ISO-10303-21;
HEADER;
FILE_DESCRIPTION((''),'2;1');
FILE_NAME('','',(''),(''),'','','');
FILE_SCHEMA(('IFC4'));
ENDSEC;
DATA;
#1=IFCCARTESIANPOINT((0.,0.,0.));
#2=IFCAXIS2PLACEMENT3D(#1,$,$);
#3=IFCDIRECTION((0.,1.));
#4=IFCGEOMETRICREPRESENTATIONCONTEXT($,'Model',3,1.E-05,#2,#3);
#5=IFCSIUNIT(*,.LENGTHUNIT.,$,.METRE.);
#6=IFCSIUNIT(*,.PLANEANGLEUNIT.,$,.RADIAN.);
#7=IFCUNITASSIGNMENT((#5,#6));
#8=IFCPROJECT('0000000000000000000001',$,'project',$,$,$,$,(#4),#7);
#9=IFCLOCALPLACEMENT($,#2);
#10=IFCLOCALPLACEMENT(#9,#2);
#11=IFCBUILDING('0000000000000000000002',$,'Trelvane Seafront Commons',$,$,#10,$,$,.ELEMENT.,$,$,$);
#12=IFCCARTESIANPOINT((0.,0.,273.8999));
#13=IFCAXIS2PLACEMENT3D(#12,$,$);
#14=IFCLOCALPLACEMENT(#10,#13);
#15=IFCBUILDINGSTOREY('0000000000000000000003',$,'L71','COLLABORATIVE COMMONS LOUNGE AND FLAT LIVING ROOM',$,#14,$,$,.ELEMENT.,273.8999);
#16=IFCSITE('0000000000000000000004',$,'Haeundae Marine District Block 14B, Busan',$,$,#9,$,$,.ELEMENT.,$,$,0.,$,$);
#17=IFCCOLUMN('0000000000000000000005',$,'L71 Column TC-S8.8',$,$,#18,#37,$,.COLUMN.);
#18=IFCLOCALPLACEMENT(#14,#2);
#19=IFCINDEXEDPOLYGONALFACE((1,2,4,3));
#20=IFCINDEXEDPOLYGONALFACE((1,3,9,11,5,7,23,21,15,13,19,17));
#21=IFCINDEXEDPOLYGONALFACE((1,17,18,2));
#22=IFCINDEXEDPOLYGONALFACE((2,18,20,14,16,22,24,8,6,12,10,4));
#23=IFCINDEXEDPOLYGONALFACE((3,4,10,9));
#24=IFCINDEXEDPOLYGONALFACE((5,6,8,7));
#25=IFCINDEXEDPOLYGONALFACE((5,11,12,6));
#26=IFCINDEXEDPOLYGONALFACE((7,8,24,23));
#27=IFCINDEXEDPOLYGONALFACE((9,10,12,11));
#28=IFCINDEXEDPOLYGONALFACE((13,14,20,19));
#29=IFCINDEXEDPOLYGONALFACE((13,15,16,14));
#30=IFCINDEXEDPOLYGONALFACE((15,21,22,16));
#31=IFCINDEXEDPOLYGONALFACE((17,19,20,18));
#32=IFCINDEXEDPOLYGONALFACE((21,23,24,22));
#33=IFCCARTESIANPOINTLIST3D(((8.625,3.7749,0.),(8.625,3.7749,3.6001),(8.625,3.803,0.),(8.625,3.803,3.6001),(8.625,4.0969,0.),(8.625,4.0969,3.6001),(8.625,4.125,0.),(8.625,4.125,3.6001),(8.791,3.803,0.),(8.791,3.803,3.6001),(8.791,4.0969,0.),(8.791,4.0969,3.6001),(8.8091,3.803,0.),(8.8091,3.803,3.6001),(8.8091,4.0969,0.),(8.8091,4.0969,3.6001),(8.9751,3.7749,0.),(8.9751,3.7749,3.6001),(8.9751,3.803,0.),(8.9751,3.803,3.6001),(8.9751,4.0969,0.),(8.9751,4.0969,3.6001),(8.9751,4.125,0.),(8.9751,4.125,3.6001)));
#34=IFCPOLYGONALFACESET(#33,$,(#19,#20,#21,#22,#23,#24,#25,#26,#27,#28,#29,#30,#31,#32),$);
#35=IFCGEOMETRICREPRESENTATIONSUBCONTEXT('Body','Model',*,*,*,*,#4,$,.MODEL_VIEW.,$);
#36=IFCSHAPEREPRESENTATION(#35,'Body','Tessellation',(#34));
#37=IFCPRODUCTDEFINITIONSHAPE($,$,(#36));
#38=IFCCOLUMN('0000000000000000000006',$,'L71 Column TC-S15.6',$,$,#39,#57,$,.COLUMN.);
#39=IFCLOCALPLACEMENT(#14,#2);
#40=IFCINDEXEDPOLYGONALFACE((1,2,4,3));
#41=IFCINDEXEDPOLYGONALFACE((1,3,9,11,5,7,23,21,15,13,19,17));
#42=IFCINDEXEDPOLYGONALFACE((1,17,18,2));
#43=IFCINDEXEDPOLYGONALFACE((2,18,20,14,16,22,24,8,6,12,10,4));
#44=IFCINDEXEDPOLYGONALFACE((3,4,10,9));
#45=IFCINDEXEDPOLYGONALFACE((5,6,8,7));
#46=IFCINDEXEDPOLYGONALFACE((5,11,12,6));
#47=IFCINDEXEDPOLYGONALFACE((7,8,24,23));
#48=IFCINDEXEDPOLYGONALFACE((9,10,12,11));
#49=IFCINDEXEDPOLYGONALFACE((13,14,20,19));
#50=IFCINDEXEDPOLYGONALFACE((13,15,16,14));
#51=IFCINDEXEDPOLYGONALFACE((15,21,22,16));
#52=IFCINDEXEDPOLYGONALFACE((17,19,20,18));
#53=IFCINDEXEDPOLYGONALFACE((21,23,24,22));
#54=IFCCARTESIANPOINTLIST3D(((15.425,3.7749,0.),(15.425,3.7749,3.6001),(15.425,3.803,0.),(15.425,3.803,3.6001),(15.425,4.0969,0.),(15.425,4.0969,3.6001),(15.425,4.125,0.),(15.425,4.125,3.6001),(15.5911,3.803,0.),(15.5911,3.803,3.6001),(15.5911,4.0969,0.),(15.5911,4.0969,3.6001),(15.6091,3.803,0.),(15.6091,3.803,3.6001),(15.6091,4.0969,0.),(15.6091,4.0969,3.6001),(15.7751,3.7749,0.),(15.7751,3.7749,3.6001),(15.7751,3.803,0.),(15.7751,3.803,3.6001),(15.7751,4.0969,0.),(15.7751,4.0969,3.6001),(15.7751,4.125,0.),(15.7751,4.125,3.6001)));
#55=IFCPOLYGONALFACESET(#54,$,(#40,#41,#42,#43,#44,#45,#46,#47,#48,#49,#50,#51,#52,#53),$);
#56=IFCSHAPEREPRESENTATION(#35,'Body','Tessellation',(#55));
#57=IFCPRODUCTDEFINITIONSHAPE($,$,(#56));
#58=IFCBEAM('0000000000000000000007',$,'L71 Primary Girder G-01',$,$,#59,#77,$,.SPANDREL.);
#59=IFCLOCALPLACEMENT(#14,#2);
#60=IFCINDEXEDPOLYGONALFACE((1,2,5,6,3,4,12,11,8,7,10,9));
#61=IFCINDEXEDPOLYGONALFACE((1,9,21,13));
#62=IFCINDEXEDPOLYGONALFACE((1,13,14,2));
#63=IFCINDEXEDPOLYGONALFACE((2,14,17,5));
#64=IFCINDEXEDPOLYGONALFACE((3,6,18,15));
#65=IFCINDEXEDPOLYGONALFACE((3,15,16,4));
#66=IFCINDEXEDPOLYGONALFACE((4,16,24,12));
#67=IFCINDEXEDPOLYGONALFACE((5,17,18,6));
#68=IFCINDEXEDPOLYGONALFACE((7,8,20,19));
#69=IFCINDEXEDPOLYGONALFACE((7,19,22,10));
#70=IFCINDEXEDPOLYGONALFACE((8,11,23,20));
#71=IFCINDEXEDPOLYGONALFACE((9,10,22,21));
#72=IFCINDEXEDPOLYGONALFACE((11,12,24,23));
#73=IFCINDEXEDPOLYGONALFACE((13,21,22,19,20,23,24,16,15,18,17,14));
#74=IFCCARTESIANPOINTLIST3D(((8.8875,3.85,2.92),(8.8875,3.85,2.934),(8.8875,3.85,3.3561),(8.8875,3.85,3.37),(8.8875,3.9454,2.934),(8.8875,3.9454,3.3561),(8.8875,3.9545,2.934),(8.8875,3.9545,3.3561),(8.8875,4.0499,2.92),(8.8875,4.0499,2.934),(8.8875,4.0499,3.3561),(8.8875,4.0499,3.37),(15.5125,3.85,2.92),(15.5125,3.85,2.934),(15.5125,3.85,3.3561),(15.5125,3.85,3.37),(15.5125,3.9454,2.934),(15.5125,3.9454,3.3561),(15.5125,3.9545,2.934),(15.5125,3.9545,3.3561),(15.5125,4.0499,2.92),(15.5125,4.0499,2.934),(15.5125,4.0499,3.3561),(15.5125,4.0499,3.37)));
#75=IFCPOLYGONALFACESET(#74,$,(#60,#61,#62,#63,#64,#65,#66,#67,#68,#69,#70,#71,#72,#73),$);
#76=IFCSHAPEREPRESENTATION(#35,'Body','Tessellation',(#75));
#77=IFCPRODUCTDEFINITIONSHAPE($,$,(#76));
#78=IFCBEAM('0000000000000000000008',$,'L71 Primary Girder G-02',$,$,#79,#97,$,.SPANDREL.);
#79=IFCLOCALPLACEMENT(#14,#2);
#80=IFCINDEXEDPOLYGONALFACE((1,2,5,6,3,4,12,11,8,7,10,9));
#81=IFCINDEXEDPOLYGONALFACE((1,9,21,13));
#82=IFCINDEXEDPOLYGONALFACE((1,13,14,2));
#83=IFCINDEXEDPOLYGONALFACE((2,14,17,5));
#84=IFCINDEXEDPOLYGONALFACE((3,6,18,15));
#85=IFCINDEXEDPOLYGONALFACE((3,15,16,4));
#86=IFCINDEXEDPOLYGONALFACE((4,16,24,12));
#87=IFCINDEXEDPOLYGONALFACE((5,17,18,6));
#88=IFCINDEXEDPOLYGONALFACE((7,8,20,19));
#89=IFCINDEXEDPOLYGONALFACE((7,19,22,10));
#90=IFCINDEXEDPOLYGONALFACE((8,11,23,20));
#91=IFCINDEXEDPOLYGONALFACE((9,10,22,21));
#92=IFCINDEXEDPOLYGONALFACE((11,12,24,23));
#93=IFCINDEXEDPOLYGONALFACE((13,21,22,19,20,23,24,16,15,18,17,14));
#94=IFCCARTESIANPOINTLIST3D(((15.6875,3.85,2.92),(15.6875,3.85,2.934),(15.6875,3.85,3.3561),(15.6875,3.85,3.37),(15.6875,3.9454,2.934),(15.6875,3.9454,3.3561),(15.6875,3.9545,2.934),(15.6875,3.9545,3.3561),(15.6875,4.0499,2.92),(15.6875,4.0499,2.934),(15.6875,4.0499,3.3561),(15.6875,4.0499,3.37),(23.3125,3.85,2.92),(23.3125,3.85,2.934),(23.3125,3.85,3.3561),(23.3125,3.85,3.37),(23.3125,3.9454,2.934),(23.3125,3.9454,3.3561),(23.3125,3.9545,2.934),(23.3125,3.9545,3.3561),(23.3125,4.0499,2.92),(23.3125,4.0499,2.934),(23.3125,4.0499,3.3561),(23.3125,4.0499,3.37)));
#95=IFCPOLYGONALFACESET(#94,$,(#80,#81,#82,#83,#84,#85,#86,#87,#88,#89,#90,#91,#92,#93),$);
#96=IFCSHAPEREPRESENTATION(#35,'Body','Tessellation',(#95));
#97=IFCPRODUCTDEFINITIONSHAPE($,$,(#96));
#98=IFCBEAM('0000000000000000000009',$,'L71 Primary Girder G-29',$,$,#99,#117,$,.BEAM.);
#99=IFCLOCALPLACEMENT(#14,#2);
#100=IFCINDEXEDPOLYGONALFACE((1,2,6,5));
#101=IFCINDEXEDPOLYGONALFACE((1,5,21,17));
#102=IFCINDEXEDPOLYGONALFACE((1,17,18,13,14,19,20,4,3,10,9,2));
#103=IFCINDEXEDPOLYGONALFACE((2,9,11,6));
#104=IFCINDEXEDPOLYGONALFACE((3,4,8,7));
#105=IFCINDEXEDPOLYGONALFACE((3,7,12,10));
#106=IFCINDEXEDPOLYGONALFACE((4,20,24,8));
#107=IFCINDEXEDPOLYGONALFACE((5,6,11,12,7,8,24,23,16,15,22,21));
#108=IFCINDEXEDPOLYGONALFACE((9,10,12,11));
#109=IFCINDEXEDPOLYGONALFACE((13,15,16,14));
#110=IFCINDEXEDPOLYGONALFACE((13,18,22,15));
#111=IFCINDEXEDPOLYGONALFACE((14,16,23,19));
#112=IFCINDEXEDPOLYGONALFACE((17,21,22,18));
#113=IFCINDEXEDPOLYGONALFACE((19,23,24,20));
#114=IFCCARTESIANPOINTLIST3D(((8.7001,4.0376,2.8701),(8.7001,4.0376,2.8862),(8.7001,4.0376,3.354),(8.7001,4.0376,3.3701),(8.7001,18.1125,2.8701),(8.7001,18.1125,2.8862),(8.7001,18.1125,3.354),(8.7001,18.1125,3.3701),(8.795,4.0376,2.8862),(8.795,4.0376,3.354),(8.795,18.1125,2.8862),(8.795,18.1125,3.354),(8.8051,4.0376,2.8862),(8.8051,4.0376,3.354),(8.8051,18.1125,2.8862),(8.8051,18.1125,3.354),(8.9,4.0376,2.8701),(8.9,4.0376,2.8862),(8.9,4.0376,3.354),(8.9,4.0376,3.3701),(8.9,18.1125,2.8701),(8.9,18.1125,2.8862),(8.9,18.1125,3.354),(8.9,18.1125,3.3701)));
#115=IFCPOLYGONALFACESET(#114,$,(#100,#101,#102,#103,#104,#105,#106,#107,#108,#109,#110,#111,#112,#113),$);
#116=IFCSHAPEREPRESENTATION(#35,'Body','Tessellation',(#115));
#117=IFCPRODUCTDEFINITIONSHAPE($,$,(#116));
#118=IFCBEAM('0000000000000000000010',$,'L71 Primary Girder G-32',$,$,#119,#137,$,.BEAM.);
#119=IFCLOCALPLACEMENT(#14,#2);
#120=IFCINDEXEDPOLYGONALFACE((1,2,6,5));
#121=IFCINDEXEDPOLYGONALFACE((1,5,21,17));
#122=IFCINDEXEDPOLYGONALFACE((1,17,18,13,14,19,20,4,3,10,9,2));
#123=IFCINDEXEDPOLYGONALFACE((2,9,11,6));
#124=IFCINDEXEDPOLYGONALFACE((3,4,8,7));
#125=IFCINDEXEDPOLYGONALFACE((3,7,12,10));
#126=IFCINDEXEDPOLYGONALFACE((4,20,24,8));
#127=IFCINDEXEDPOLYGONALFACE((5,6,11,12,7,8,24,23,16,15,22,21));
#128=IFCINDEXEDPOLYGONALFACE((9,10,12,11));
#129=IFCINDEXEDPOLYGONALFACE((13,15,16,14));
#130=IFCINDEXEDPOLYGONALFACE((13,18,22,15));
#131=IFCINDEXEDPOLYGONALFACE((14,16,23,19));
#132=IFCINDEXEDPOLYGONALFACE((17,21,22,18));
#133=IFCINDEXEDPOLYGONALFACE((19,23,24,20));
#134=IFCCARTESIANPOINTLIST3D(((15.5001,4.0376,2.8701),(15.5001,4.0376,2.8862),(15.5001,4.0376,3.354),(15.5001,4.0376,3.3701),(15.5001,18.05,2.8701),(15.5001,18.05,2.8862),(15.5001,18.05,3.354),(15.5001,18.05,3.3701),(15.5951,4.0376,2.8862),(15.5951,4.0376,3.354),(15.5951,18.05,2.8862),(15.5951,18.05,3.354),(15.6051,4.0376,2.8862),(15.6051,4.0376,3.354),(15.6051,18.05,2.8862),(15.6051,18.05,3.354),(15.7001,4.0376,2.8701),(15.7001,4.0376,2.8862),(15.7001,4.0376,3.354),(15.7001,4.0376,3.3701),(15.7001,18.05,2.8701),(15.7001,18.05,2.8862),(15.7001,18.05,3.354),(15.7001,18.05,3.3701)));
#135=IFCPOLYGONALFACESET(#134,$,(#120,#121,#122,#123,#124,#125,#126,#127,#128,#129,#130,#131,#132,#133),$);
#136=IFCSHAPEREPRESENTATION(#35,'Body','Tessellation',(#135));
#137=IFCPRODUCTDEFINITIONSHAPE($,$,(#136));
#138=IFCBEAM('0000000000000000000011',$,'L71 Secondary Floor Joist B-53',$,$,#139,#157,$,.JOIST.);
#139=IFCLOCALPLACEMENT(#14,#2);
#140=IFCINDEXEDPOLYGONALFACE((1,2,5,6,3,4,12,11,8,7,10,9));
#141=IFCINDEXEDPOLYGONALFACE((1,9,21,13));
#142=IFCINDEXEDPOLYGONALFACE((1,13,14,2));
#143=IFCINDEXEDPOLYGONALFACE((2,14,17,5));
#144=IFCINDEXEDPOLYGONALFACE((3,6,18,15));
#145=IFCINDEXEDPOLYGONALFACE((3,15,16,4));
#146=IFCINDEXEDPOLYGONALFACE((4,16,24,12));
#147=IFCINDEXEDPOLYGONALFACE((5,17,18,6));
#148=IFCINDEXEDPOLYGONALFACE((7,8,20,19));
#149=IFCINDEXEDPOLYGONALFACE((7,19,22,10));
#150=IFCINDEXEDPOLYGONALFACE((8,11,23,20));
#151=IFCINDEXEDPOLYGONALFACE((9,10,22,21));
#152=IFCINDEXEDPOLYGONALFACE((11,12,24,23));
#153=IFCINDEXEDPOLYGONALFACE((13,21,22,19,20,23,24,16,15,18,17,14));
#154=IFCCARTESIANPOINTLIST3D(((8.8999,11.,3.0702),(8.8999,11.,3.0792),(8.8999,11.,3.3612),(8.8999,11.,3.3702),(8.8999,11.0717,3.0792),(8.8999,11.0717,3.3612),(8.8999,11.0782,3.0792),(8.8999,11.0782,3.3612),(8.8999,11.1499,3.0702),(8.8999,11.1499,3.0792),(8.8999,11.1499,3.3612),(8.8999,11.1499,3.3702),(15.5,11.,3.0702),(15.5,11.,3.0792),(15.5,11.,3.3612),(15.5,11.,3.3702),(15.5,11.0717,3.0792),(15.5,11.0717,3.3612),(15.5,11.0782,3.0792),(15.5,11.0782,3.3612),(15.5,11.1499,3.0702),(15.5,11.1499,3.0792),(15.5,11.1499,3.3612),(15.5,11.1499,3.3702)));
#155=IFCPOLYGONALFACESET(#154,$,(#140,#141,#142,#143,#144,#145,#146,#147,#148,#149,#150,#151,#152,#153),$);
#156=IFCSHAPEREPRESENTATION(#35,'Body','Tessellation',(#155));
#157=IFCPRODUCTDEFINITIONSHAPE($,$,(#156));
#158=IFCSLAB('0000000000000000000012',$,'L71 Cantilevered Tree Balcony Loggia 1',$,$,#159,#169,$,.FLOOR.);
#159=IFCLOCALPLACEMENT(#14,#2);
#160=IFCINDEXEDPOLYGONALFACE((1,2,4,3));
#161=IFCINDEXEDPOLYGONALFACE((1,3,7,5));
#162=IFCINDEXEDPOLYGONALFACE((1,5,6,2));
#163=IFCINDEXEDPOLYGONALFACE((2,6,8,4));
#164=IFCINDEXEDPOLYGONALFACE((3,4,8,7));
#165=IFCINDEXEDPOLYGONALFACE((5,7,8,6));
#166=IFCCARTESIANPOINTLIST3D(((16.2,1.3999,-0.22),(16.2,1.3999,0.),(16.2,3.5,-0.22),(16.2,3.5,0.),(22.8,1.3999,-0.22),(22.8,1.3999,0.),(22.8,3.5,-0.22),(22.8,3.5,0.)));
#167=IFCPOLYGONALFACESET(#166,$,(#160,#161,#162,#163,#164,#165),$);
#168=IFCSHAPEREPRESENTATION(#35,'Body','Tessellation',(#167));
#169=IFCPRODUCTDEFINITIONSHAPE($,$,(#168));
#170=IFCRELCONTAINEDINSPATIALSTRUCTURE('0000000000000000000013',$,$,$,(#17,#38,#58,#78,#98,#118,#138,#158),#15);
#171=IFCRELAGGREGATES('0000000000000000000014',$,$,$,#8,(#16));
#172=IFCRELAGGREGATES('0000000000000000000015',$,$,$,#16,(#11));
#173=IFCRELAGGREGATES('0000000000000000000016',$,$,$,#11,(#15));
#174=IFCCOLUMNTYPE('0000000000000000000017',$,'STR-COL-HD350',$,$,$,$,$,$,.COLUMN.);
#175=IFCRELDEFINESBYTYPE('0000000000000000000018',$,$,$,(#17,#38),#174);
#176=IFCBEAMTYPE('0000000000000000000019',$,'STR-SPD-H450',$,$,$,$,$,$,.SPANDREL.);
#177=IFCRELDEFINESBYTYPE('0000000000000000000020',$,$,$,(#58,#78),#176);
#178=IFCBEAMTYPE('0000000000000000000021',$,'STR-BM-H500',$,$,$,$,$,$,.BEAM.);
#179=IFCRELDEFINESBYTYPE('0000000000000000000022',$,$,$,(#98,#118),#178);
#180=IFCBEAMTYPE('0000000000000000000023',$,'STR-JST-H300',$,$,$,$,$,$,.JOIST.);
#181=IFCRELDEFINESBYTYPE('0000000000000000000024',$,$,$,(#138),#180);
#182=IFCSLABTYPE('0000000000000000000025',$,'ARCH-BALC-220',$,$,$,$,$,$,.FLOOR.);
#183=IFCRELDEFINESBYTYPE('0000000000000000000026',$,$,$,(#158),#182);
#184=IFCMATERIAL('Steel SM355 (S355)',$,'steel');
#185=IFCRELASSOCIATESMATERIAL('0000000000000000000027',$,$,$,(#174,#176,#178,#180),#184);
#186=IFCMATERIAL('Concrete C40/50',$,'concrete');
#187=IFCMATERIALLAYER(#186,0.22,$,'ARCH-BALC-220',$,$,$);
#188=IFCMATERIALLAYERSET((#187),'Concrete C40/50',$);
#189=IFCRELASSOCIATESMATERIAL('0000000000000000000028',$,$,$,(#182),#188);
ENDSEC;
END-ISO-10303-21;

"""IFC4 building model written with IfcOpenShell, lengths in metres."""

from ifc_helpers import new_model, si_unit, direction, frame, origin, origin_2d, place, context, subcontext, project, spatial, polyline, i_section, outline, extrude, source, transform, mapped, material, layer, layer_set, material_profile, profile_set, type_object, element, save


model = new_model("IFC4")

# Units and contexts
model_context = context("Model", 3, precision=1e-05, world=origin(), true_north=direction((0.0, 1.0)))
body_context = subcontext(model_context, "Body", "Model", "MODEL_VIEW")
ifc_project = project(units=[si_unit("LENGTHUNIT", "METRE"), si_unit("PLANEANGLEUNIT", "RADIAN")], contexts=[model_context])

# Site, building, storey
site_placement = place(None, origin())
site = spatial("IfcSite", under=ifc_project, at=site_placement, Name="Haeundae Marine District Block 14B, Busan", CompositionType="ELEMENT", RefElevation=0.0)
building_placement = place(site_placement, origin())
building = spatial("IfcBuilding", under=site, at=building_placement, Name="Trelvane Seafront Commons", CompositionType="ELEMENT")
storey_placement = place(building_placement, frame((0.0, 0.0, 273.8999)))
storey = spatial("IfcBuildingStorey", under=building, at=storey_placement, Name="L71", Description="COLLABORATIVE COMMONS LOUNGE AND FLAT LIVING ROOM", CompositionType="ELEMENT", Elevation=273.8999)

# Columns
ifc_material_1 = material(Name="Steel SM355 (S355)", Category="steel")
ifc_material_profile_1 = material_profile(ifc_material_1, i_section(OverallWidth=0.3501, OverallDepth=0.3501, WebThickness=0.0181, FlangeThickness=0.0281, at=origin_2d()), Name="HD-350x350x18x28")
ifc_profile_set_1 = profile_set([ifc_material_profile_1], Name="Steel SM355 (S355)")
column_type = type_object("IfcColumnType", Name="STR-COL-HD350", PredefinedType="COLUMN", material=ifc_profile_set_1)
shared_shape_1 = source(origin(), body_context, "Body", "SweptSolid", [
    extrude(i_section(OverallWidth=0.3501, OverallDepth=0.3501, WebThickness=0.0181, FlangeThickness=0.0281, at=origin_2d()), origin(), (0.0, 0.0, 1.0), 3.6001),
])
for number, where, z_axis, x_axis, name in (
    (1, (8.8, 3.95, 0.0), (0.0, 0.0, 1.0), (1.0, 0.0, 0.0), "L71 Column TC-S8.8"),
    (2, (15.6001, 3.95, 0.0), (0.0, 0.0, 1.0), (1.0, 0.0, 0.0), "L71 Column TC-S15.6"),
):
    element("IfcColumn", number, at=place(storey_placement, frame(where, z_axis=z_axis, x_axis=x_axis)), inside=storey, type_object=column_type, Name=name, PredefinedType="COLUMN", context=body_context, shape_type="MappedRepresentation", body=[
        mapped(shared_shape_1, transform((0.0, 0.0, 0.0), x_axis=(1.0, 0.0, 0.0), y_axis=(0.0, 1.0, 0.0), z_axis=(0.0, 0.0, 1.0), scale=1.0)),
    ])

# Beams
ifc_material_profile_2 = material_profile(ifc_material_1, i_section(OverallWidth=0.2, OverallDepth=0.45, WebThickness=0.009, FlangeThickness=0.0139, at=origin_2d()), Name="H-450x200x9x14")
ifc_profile_set_2 = profile_set([ifc_material_profile_2], Name="Steel SM355 (S355)")
beam_type_1 = type_object("IfcBeamType", Name="STR-SPD-H450", PredefinedType="SPANDREL", material=ifc_profile_set_2)
shared_shape_2 = source(origin(), body_context, "Body", "SweptSolid", [
    extrude(i_section(OverallWidth=0.2, OverallDepth=0.45, WebThickness=0.009, FlangeThickness=0.0139, at=origin_2d()), origin(), (0.0, 0.0, 1.0), 6.625),
])
beam_1_placement = place(storey_placement, frame((8.8875, 3.95, 3.145), z_axis=(1.0, 0.0, 0.0), x_axis=(0.0, 1.0, 0.0)))
element("IfcBeam", 3, at=beam_1_placement, inside=storey, type_object=beam_type_1, Name="L71 Primary Girder G-01", PredefinedType="SPANDREL", context=body_context, shape_type="MappedRepresentation", body=[
    mapped(shared_shape_2, transform((0.0, 0.0, 0.0), x_axis=(1.0, 0.0, 0.0), y_axis=(0.0, 1.0, 0.0), z_axis=(0.0, 0.0, 1.0), scale=1.0)),
])
shared_shape_3 = source(origin(), body_context, "Body", "SweptSolid", [
    extrude(i_section(OverallWidth=0.2, OverallDepth=0.45, WebThickness=0.009, FlangeThickness=0.0139, at=origin_2d()), origin(), (0.0, 0.0, 1.0), 7.625),
])
beam_2_placement = place(storey_placement, frame((15.6875, 3.95, 3.145), z_axis=(1.0, 0.0, 0.0), x_axis=(0.0, 1.0, 0.0)))
element("IfcBeam", 4, at=beam_2_placement, inside=storey, type_object=beam_type_1, Name="L71 Primary Girder G-02", PredefinedType="SPANDREL", context=body_context, shape_type="MappedRepresentation", body=[
    mapped(shared_shape_3, transform((0.0, 0.0, 0.0), x_axis=(1.0, 0.0, 0.0), y_axis=(0.0, 1.0, 0.0), z_axis=(0.0, 0.0, 1.0), scale=1.0)),
])
ifc_material_profile_3 = material_profile(ifc_material_1, i_section(OverallWidth=0.2, OverallDepth=0.5, WebThickness=0.01, FlangeThickness=0.0161, at=origin_2d()), Name="H-500x200x10x16")
ifc_profile_set_3 = profile_set([ifc_material_profile_3], Name="Steel SM355 (S355)")
beam_type_2 = type_object("IfcBeamType", Name="STR-BM-H500", PredefinedType="BEAM", material=ifc_profile_set_3)
shared_shape_4 = source(origin(), body_context, "Body", "SweptSolid", [
    extrude(i_section(OverallWidth=0.2, OverallDepth=0.5, WebThickness=0.01, FlangeThickness=0.0161, at=origin_2d()), origin(), (0.0, 0.0, 1.0), 14.075),
])
beam_3_placement = place(storey_placement, frame((8.8, 4.0376, 3.1201), z_axis=(0.0, 1.0, 0.0), x_axis=(-1.0, 0.0, 0.0)))
element("IfcBeam", 5, at=beam_3_placement, inside=storey, type_object=beam_type_2, Name="L71 Primary Girder G-29", PredefinedType="BEAM", context=body_context, shape_type="MappedRepresentation", body=[
    mapped(shared_shape_4, transform((0.0, 0.0, 0.0), x_axis=(1.0, 0.0, 0.0), y_axis=(0.0, 1.0, 0.0), z_axis=(0.0, 0.0, 1.0), scale=1.0)),
])
shared_shape_5 = source(origin(), body_context, "Body", "SweptSolid", [
    extrude(i_section(OverallWidth=0.2, OverallDepth=0.5, WebThickness=0.01, FlangeThickness=0.0161, at=origin_2d()), origin(), (0.0, 0.0, 1.0), 14.0125),
])
beam_4_placement = place(storey_placement, frame((15.6001, 4.0376, 3.1201), z_axis=(0.0, 1.0, 0.0), x_axis=(-1.0, 0.0, 0.0)))
element("IfcBeam", 6, at=beam_4_placement, inside=storey, type_object=beam_type_2, Name="L71 Primary Girder G-32", PredefinedType="BEAM", context=body_context, shape_type="MappedRepresentation", body=[
    mapped(shared_shape_5, transform((0.0, 0.0, 0.0), x_axis=(1.0, 0.0, 0.0), y_axis=(0.0, 1.0, 0.0), z_axis=(0.0, 0.0, 1.0), scale=1.0)),
])
ifc_material_profile_4 = material_profile(ifc_material_1, i_section(OverallWidth=0.1499, OverallDepth=0.3, WebThickness=0.0066, FlangeThickness=0.009, at=origin_2d()), Name="H-300x150x6.5x9")
ifc_profile_set_4 = profile_set([ifc_material_profile_4], Name="Steel SM355 (S355)")
beam_type_3 = type_object("IfcBeamType", Name="STR-JST-H300", PredefinedType="JOIST", material=ifc_profile_set_4)
shared_shape_6 = source(origin(), body_context, "Body", "SweptSolid", [
    extrude(i_section(OverallWidth=0.1499, OverallDepth=0.3, WebThickness=0.0066, FlangeThickness=0.009, at=origin_2d()), origin(), (0.0, 0.0, 1.0), 6.6001),
])
beam_5_placement = place(storey_placement, frame((8.8999, 11.075, 3.2202), z_axis=(1.0, 0.0, 0.0), x_axis=(0.0, 1.0, 0.0)))
element("IfcBeam", 7, at=beam_5_placement, inside=storey, type_object=beam_type_3, Name="L71 Secondary Floor Joist B-53", PredefinedType="JOIST", context=body_context, shape_type="MappedRepresentation", body=[
    mapped(shared_shape_6, transform((0.0, 0.0, 0.0), x_axis=(1.0, 0.0, 0.0), y_axis=(0.0, 1.0, 0.0), z_axis=(0.0, 0.0, 1.0), scale=1.0)),
])

# Slab
ifc_material_2 = material(Name="Concrete C40/50", Category="concrete")
ifc_layer_1 = layer(ifc_material_2, 0.22, Name="ARCH-BALC-220")
ifc_layer_set_1 = layer_set([ifc_layer_1], Name="Concrete C40/50")
slab_type_1 = type_object("IfcSlabType", Name="ARCH-BALC-220", PredefinedType="FLOOR", material=ifc_layer_set_1)
slab_1_placement = place(storey_placement, frame((0.0, 0.0, -0.22)))
element("IfcSlab", 8, at=slab_1_placement, inside=storey, type_object=slab_type_1, Name="L71 Cantilevered Tree Balcony Loggia 1", PredefinedType="FLOOR", context=body_context, shape_type="SweptSolid", body=[
    extrude(outline(polyline([(16.2, 1.3999), (22.8, 1.3999), (22.8, 3.5), (16.2, 3.5), (16.2, 1.3999)])), origin(), (0.0, 0.0, 1.0), 0.22),
])

save(model, "model.ifc")
